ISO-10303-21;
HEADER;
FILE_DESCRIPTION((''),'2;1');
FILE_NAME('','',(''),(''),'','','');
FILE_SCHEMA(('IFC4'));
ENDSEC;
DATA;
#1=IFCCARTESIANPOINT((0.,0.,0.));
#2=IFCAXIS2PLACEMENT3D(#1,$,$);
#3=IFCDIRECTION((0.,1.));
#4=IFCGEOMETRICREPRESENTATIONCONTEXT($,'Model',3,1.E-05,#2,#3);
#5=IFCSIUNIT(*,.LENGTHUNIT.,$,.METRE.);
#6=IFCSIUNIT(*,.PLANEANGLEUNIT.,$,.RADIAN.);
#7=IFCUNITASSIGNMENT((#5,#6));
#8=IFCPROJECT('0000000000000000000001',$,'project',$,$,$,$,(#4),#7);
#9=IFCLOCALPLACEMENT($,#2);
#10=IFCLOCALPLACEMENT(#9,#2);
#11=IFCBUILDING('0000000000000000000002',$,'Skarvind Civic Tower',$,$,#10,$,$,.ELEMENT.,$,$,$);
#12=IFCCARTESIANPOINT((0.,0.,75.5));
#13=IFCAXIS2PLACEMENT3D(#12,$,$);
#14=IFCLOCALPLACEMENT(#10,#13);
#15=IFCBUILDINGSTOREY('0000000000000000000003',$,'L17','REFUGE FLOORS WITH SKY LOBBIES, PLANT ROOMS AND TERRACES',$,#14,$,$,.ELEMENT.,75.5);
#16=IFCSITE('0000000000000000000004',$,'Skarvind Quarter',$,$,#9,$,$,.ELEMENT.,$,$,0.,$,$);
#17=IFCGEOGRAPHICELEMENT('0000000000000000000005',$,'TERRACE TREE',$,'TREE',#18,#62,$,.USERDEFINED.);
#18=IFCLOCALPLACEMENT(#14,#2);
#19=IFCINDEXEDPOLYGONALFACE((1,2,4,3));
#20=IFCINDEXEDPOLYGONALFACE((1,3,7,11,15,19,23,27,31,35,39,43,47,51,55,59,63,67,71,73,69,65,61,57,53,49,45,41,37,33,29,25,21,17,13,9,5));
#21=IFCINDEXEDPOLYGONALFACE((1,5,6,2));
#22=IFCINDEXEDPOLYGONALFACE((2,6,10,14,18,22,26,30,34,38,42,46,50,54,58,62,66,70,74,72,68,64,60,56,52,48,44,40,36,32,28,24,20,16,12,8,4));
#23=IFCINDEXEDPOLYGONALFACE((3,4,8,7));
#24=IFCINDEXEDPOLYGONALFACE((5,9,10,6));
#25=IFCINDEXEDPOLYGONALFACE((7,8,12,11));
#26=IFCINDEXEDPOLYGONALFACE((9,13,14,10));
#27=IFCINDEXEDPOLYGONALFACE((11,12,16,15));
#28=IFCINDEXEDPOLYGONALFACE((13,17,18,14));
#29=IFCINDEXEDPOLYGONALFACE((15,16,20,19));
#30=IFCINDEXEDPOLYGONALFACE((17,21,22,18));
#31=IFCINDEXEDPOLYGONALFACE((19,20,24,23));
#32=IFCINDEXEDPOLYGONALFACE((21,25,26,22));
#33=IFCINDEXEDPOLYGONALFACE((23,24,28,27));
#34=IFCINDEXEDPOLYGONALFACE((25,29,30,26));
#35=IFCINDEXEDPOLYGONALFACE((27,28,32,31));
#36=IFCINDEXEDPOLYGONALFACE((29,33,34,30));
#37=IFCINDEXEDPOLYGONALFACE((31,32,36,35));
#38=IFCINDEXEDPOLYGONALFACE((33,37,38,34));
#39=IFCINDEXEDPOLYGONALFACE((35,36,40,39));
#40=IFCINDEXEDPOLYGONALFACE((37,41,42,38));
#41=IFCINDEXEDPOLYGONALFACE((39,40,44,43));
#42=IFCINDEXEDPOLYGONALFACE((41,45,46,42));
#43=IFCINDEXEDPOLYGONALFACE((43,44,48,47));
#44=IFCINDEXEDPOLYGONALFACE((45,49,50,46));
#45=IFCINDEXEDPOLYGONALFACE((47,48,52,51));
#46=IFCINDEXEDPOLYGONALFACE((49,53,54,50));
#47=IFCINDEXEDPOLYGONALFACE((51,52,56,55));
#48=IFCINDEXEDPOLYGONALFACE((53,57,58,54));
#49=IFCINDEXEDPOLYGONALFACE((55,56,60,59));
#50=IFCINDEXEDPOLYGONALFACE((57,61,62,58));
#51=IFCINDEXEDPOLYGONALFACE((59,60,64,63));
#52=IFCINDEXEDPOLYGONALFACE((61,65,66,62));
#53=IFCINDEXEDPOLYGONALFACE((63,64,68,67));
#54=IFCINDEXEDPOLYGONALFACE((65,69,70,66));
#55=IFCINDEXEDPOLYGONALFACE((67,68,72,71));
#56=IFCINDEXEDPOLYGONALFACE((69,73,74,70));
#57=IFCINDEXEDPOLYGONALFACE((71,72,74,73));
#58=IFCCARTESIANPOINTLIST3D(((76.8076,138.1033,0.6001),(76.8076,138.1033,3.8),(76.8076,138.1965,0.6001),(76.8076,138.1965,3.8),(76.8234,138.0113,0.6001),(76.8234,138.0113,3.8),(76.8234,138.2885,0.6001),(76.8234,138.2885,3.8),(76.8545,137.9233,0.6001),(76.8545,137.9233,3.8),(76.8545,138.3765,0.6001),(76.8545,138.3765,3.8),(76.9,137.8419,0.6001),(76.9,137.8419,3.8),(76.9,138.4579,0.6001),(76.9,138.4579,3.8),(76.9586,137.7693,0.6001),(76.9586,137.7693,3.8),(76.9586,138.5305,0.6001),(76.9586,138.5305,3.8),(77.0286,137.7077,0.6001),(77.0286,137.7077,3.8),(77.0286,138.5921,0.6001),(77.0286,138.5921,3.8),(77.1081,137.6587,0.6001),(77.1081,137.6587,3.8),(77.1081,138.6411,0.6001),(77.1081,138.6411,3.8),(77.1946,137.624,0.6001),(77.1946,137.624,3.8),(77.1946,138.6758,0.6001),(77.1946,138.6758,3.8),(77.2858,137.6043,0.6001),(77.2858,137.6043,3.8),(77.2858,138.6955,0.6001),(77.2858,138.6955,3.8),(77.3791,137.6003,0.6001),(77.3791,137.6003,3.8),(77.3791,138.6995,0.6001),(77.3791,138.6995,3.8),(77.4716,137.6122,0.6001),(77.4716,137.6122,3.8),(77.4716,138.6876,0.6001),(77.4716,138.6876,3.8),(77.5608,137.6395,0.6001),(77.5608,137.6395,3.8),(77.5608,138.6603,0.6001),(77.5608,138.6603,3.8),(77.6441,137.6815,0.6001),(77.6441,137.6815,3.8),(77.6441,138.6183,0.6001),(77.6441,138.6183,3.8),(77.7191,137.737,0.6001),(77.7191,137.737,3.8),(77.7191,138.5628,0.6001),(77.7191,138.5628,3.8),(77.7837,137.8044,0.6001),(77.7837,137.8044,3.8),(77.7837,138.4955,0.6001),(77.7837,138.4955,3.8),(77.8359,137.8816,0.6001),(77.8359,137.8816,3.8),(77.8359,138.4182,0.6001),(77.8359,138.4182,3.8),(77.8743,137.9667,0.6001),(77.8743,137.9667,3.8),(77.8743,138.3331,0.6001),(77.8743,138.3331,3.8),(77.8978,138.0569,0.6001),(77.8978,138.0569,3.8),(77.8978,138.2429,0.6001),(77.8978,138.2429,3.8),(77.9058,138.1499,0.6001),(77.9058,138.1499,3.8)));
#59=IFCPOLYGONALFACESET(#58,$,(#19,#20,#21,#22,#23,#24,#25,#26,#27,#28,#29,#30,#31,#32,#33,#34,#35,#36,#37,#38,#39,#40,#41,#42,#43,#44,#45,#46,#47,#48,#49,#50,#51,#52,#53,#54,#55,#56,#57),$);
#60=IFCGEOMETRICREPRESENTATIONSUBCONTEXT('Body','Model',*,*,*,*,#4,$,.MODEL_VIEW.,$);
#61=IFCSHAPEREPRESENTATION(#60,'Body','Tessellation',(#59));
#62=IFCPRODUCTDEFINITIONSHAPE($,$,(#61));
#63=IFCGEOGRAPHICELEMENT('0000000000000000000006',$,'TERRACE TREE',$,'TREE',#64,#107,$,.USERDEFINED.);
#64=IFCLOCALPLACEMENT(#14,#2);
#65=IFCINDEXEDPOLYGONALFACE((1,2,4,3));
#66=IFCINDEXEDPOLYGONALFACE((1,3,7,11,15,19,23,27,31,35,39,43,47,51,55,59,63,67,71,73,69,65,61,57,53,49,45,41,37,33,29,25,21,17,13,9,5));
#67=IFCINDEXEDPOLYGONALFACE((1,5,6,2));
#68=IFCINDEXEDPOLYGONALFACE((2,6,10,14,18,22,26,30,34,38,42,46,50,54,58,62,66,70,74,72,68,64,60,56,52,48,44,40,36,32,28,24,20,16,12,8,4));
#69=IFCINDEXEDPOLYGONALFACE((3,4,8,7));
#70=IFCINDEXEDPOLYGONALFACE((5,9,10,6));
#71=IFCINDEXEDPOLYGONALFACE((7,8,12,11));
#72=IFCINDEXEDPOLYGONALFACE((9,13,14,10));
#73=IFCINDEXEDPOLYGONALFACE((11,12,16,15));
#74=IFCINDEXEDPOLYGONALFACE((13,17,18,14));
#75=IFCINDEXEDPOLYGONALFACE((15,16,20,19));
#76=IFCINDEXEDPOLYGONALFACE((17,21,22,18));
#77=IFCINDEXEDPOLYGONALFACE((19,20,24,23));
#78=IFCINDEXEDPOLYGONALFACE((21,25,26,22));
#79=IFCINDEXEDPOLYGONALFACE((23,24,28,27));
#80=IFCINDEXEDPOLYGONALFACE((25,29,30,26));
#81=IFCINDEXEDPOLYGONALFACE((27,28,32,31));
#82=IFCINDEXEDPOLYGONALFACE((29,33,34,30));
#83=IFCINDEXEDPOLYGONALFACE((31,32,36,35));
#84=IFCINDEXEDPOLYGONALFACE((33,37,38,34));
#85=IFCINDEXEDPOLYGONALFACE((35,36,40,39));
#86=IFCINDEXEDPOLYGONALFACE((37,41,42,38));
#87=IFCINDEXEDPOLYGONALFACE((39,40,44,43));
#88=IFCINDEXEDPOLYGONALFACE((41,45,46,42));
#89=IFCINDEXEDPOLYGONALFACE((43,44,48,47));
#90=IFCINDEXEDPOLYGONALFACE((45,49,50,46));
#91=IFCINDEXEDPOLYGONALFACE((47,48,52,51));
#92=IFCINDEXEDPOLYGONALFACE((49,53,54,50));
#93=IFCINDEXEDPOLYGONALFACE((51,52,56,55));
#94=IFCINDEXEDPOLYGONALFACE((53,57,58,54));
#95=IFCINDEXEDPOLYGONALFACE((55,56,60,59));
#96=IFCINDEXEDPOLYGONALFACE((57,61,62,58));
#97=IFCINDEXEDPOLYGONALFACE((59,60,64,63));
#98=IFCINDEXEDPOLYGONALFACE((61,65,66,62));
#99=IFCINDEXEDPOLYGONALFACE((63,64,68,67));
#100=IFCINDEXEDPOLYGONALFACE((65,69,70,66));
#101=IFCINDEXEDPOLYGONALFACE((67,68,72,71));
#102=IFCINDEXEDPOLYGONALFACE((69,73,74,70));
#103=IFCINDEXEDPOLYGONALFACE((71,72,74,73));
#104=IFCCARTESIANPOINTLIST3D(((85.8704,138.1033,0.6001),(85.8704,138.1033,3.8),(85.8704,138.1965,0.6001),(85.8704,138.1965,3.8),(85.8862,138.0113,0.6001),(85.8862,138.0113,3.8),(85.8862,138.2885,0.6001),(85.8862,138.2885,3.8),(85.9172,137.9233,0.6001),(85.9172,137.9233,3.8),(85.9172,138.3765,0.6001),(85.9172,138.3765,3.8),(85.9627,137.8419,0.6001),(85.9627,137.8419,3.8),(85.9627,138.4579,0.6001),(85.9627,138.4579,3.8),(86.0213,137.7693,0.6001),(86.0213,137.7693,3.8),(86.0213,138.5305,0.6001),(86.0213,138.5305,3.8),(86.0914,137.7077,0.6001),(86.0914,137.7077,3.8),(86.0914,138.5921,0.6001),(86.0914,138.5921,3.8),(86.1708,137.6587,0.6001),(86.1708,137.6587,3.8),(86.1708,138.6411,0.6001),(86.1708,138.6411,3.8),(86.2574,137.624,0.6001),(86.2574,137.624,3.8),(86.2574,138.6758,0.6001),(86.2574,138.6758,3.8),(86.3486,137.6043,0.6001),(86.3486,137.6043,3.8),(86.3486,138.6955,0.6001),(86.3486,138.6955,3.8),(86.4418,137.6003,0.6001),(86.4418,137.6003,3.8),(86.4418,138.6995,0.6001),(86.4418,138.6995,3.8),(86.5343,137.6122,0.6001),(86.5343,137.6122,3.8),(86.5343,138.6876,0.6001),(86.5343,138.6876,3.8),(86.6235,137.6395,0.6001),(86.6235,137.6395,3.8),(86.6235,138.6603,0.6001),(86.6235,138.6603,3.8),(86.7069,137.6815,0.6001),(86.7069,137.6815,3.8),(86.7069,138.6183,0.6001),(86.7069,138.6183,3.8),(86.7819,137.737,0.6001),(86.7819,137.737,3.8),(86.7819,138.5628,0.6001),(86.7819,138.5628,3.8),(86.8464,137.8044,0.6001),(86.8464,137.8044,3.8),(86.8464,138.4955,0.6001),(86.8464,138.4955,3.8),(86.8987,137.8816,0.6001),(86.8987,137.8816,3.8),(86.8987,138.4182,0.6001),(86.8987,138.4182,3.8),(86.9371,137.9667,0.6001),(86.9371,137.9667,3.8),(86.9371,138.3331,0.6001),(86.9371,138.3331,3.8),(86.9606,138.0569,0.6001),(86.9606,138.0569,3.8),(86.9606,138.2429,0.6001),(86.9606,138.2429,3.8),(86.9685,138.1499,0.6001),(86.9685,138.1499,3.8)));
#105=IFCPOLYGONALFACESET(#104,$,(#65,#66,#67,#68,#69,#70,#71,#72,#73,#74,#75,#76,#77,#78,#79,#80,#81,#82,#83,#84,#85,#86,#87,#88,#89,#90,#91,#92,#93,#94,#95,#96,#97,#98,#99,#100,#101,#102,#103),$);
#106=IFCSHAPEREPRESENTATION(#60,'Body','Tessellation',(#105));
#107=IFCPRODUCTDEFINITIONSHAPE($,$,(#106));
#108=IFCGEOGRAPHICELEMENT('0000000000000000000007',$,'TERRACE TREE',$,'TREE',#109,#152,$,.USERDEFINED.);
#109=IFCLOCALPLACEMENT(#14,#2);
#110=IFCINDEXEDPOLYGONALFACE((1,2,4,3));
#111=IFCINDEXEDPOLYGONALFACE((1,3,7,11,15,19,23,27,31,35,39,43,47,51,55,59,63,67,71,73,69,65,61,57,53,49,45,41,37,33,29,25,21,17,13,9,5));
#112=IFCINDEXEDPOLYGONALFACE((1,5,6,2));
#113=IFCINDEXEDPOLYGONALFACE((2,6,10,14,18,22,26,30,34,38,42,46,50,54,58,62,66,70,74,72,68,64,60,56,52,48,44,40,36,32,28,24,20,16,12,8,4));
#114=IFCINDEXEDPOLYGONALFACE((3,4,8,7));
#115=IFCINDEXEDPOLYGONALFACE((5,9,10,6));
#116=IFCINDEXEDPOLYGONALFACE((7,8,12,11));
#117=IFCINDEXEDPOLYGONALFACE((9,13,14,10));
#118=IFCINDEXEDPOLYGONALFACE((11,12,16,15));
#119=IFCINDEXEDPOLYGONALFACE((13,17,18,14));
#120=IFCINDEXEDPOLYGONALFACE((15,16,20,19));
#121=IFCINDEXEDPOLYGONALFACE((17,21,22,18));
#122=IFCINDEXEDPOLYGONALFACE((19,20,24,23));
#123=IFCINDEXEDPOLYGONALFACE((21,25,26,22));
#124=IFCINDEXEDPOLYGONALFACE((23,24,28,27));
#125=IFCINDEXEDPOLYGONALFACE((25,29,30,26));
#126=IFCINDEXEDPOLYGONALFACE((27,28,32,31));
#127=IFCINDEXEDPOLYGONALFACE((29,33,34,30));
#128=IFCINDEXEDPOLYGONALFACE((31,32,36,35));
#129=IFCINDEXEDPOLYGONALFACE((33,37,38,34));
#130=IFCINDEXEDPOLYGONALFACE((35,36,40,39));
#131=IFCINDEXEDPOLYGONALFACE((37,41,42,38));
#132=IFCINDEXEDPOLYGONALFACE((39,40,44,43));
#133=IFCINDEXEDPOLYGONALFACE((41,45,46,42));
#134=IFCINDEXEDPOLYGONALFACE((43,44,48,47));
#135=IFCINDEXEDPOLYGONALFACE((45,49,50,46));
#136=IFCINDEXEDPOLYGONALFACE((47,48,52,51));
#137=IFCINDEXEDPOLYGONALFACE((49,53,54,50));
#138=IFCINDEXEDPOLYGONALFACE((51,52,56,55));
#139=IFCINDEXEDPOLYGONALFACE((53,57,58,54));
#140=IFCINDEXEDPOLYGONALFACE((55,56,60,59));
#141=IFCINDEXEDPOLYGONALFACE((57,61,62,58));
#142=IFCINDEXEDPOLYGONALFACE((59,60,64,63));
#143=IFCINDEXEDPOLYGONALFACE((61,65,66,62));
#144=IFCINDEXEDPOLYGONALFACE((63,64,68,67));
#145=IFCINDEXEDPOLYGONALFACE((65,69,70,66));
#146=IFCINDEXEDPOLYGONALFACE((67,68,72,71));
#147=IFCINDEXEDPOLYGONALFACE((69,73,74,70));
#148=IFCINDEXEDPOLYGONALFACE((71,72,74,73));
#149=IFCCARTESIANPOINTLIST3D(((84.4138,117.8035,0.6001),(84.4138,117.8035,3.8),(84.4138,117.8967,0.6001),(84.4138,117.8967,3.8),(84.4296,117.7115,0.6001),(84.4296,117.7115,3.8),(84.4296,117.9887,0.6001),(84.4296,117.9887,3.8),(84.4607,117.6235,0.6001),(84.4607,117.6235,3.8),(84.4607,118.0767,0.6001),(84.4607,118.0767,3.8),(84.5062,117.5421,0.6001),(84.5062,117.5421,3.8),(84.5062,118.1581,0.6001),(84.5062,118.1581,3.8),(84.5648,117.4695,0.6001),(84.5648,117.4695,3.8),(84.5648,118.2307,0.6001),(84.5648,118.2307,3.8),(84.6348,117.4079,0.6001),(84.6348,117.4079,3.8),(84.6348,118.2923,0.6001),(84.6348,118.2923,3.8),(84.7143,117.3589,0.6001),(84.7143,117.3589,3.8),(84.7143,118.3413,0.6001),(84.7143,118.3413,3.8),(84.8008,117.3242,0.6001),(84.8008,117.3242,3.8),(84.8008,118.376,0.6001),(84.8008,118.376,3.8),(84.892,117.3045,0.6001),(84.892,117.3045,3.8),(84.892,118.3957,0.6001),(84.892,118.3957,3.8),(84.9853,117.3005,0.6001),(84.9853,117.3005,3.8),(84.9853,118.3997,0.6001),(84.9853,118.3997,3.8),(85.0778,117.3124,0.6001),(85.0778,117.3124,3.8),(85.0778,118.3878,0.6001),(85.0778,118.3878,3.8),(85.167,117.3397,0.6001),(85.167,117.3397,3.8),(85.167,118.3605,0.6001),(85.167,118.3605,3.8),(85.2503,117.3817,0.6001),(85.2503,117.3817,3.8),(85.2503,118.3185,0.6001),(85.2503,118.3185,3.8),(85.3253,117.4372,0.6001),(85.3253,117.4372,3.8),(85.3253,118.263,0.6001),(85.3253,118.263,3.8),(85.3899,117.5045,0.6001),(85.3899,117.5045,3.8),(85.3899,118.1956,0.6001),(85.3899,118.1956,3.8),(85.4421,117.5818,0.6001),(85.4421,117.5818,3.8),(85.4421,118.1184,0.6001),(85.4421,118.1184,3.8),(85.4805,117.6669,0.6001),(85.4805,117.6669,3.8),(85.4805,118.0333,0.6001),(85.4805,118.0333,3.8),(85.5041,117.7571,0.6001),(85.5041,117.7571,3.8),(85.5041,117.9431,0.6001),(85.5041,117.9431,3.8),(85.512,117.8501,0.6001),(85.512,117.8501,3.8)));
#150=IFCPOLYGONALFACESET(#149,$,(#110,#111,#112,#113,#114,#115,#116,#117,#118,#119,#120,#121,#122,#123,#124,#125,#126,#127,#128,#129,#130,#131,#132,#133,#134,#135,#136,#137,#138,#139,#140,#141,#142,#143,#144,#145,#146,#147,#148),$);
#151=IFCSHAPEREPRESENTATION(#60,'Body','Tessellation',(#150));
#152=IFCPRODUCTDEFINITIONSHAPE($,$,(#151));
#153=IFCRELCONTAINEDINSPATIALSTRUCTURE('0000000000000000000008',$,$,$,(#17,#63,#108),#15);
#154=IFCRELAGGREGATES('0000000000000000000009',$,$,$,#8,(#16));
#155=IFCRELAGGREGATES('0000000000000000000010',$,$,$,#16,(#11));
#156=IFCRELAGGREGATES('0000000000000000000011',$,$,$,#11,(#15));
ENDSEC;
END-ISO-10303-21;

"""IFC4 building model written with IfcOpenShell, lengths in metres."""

from ifc_helpers import new_model, si_unit, direction, frame, origin, origin_2d, place, context, subcontext, project, spatial, circle, extrude, element, save


model = new_model("IFC4")

# Units and contexts
model_context = context("Model", 3, precision=1e-05, world=origin(), true_north=direction((0.0, 1.0)))
body_context = subcontext(model_context, "Body", "Model", "MODEL_VIEW")
ifc_project = project(units=[si_unit("LENGTHUNIT", "METRE"), si_unit("PLANEANGLEUNIT", "RADIAN")], contexts=[model_context])

# Site, building, storey
site_placement = place(None, origin())
site = spatial("IfcSite", under=ifc_project, at=site_placement, Name="Skarvind Quarter", CompositionType="ELEMENT", RefElevation=0.0)
building_placement = place(site_placement, origin())
building = spatial("IfcBuilding", under=site, at=building_placement, Name="Skarvind Civic Tower", CompositionType="ELEMENT")
storey_placement = place(building_placement, frame((0.0, 0.0, 75.5)))
storey = spatial("IfcBuildingStorey", under=building, at=storey_placement, Name="L17", Description="REFUGE FLOORS WITH SKY LOBBIES, PLANT ROOMS AND TERRACES", CompositionType="ELEMENT", Elevation=75.5)

# Geographic elements
for number, where, z_axis, x_axis, name in (
    (1, (77.3557, 138.1499, 0.6001), (0.0, 0.0, 1.0), (1.0, 0.0, 0.0), "TERRACE TREE"),
    (2, (86.4185, 138.1499, 0.6001), (0.0, 0.0, 1.0), (1.0, 0.0, 0.0), "TERRACE TREE"),
    (3, (84.9619, 117.8501, 0.6001), (0.0, 0.0, 1.0), (1.0, 0.0, 0.0), "TERRACE TREE"),
):
    element("IfcGeographicElement", number, at=place(storey_placement, frame(where, z_axis=z_axis, x_axis=x_axis)), inside=storey, Name=name, ObjectType="TREE", PredefinedType="USERDEFINED", context=body_context, shape_type="SweptSolid", body=[
        extrude(circle(Radius=0.55, at=origin_2d()), origin(), (0.0, 0.0, 1.0), 3.2),
    ])

save(model, "model.ifc")
